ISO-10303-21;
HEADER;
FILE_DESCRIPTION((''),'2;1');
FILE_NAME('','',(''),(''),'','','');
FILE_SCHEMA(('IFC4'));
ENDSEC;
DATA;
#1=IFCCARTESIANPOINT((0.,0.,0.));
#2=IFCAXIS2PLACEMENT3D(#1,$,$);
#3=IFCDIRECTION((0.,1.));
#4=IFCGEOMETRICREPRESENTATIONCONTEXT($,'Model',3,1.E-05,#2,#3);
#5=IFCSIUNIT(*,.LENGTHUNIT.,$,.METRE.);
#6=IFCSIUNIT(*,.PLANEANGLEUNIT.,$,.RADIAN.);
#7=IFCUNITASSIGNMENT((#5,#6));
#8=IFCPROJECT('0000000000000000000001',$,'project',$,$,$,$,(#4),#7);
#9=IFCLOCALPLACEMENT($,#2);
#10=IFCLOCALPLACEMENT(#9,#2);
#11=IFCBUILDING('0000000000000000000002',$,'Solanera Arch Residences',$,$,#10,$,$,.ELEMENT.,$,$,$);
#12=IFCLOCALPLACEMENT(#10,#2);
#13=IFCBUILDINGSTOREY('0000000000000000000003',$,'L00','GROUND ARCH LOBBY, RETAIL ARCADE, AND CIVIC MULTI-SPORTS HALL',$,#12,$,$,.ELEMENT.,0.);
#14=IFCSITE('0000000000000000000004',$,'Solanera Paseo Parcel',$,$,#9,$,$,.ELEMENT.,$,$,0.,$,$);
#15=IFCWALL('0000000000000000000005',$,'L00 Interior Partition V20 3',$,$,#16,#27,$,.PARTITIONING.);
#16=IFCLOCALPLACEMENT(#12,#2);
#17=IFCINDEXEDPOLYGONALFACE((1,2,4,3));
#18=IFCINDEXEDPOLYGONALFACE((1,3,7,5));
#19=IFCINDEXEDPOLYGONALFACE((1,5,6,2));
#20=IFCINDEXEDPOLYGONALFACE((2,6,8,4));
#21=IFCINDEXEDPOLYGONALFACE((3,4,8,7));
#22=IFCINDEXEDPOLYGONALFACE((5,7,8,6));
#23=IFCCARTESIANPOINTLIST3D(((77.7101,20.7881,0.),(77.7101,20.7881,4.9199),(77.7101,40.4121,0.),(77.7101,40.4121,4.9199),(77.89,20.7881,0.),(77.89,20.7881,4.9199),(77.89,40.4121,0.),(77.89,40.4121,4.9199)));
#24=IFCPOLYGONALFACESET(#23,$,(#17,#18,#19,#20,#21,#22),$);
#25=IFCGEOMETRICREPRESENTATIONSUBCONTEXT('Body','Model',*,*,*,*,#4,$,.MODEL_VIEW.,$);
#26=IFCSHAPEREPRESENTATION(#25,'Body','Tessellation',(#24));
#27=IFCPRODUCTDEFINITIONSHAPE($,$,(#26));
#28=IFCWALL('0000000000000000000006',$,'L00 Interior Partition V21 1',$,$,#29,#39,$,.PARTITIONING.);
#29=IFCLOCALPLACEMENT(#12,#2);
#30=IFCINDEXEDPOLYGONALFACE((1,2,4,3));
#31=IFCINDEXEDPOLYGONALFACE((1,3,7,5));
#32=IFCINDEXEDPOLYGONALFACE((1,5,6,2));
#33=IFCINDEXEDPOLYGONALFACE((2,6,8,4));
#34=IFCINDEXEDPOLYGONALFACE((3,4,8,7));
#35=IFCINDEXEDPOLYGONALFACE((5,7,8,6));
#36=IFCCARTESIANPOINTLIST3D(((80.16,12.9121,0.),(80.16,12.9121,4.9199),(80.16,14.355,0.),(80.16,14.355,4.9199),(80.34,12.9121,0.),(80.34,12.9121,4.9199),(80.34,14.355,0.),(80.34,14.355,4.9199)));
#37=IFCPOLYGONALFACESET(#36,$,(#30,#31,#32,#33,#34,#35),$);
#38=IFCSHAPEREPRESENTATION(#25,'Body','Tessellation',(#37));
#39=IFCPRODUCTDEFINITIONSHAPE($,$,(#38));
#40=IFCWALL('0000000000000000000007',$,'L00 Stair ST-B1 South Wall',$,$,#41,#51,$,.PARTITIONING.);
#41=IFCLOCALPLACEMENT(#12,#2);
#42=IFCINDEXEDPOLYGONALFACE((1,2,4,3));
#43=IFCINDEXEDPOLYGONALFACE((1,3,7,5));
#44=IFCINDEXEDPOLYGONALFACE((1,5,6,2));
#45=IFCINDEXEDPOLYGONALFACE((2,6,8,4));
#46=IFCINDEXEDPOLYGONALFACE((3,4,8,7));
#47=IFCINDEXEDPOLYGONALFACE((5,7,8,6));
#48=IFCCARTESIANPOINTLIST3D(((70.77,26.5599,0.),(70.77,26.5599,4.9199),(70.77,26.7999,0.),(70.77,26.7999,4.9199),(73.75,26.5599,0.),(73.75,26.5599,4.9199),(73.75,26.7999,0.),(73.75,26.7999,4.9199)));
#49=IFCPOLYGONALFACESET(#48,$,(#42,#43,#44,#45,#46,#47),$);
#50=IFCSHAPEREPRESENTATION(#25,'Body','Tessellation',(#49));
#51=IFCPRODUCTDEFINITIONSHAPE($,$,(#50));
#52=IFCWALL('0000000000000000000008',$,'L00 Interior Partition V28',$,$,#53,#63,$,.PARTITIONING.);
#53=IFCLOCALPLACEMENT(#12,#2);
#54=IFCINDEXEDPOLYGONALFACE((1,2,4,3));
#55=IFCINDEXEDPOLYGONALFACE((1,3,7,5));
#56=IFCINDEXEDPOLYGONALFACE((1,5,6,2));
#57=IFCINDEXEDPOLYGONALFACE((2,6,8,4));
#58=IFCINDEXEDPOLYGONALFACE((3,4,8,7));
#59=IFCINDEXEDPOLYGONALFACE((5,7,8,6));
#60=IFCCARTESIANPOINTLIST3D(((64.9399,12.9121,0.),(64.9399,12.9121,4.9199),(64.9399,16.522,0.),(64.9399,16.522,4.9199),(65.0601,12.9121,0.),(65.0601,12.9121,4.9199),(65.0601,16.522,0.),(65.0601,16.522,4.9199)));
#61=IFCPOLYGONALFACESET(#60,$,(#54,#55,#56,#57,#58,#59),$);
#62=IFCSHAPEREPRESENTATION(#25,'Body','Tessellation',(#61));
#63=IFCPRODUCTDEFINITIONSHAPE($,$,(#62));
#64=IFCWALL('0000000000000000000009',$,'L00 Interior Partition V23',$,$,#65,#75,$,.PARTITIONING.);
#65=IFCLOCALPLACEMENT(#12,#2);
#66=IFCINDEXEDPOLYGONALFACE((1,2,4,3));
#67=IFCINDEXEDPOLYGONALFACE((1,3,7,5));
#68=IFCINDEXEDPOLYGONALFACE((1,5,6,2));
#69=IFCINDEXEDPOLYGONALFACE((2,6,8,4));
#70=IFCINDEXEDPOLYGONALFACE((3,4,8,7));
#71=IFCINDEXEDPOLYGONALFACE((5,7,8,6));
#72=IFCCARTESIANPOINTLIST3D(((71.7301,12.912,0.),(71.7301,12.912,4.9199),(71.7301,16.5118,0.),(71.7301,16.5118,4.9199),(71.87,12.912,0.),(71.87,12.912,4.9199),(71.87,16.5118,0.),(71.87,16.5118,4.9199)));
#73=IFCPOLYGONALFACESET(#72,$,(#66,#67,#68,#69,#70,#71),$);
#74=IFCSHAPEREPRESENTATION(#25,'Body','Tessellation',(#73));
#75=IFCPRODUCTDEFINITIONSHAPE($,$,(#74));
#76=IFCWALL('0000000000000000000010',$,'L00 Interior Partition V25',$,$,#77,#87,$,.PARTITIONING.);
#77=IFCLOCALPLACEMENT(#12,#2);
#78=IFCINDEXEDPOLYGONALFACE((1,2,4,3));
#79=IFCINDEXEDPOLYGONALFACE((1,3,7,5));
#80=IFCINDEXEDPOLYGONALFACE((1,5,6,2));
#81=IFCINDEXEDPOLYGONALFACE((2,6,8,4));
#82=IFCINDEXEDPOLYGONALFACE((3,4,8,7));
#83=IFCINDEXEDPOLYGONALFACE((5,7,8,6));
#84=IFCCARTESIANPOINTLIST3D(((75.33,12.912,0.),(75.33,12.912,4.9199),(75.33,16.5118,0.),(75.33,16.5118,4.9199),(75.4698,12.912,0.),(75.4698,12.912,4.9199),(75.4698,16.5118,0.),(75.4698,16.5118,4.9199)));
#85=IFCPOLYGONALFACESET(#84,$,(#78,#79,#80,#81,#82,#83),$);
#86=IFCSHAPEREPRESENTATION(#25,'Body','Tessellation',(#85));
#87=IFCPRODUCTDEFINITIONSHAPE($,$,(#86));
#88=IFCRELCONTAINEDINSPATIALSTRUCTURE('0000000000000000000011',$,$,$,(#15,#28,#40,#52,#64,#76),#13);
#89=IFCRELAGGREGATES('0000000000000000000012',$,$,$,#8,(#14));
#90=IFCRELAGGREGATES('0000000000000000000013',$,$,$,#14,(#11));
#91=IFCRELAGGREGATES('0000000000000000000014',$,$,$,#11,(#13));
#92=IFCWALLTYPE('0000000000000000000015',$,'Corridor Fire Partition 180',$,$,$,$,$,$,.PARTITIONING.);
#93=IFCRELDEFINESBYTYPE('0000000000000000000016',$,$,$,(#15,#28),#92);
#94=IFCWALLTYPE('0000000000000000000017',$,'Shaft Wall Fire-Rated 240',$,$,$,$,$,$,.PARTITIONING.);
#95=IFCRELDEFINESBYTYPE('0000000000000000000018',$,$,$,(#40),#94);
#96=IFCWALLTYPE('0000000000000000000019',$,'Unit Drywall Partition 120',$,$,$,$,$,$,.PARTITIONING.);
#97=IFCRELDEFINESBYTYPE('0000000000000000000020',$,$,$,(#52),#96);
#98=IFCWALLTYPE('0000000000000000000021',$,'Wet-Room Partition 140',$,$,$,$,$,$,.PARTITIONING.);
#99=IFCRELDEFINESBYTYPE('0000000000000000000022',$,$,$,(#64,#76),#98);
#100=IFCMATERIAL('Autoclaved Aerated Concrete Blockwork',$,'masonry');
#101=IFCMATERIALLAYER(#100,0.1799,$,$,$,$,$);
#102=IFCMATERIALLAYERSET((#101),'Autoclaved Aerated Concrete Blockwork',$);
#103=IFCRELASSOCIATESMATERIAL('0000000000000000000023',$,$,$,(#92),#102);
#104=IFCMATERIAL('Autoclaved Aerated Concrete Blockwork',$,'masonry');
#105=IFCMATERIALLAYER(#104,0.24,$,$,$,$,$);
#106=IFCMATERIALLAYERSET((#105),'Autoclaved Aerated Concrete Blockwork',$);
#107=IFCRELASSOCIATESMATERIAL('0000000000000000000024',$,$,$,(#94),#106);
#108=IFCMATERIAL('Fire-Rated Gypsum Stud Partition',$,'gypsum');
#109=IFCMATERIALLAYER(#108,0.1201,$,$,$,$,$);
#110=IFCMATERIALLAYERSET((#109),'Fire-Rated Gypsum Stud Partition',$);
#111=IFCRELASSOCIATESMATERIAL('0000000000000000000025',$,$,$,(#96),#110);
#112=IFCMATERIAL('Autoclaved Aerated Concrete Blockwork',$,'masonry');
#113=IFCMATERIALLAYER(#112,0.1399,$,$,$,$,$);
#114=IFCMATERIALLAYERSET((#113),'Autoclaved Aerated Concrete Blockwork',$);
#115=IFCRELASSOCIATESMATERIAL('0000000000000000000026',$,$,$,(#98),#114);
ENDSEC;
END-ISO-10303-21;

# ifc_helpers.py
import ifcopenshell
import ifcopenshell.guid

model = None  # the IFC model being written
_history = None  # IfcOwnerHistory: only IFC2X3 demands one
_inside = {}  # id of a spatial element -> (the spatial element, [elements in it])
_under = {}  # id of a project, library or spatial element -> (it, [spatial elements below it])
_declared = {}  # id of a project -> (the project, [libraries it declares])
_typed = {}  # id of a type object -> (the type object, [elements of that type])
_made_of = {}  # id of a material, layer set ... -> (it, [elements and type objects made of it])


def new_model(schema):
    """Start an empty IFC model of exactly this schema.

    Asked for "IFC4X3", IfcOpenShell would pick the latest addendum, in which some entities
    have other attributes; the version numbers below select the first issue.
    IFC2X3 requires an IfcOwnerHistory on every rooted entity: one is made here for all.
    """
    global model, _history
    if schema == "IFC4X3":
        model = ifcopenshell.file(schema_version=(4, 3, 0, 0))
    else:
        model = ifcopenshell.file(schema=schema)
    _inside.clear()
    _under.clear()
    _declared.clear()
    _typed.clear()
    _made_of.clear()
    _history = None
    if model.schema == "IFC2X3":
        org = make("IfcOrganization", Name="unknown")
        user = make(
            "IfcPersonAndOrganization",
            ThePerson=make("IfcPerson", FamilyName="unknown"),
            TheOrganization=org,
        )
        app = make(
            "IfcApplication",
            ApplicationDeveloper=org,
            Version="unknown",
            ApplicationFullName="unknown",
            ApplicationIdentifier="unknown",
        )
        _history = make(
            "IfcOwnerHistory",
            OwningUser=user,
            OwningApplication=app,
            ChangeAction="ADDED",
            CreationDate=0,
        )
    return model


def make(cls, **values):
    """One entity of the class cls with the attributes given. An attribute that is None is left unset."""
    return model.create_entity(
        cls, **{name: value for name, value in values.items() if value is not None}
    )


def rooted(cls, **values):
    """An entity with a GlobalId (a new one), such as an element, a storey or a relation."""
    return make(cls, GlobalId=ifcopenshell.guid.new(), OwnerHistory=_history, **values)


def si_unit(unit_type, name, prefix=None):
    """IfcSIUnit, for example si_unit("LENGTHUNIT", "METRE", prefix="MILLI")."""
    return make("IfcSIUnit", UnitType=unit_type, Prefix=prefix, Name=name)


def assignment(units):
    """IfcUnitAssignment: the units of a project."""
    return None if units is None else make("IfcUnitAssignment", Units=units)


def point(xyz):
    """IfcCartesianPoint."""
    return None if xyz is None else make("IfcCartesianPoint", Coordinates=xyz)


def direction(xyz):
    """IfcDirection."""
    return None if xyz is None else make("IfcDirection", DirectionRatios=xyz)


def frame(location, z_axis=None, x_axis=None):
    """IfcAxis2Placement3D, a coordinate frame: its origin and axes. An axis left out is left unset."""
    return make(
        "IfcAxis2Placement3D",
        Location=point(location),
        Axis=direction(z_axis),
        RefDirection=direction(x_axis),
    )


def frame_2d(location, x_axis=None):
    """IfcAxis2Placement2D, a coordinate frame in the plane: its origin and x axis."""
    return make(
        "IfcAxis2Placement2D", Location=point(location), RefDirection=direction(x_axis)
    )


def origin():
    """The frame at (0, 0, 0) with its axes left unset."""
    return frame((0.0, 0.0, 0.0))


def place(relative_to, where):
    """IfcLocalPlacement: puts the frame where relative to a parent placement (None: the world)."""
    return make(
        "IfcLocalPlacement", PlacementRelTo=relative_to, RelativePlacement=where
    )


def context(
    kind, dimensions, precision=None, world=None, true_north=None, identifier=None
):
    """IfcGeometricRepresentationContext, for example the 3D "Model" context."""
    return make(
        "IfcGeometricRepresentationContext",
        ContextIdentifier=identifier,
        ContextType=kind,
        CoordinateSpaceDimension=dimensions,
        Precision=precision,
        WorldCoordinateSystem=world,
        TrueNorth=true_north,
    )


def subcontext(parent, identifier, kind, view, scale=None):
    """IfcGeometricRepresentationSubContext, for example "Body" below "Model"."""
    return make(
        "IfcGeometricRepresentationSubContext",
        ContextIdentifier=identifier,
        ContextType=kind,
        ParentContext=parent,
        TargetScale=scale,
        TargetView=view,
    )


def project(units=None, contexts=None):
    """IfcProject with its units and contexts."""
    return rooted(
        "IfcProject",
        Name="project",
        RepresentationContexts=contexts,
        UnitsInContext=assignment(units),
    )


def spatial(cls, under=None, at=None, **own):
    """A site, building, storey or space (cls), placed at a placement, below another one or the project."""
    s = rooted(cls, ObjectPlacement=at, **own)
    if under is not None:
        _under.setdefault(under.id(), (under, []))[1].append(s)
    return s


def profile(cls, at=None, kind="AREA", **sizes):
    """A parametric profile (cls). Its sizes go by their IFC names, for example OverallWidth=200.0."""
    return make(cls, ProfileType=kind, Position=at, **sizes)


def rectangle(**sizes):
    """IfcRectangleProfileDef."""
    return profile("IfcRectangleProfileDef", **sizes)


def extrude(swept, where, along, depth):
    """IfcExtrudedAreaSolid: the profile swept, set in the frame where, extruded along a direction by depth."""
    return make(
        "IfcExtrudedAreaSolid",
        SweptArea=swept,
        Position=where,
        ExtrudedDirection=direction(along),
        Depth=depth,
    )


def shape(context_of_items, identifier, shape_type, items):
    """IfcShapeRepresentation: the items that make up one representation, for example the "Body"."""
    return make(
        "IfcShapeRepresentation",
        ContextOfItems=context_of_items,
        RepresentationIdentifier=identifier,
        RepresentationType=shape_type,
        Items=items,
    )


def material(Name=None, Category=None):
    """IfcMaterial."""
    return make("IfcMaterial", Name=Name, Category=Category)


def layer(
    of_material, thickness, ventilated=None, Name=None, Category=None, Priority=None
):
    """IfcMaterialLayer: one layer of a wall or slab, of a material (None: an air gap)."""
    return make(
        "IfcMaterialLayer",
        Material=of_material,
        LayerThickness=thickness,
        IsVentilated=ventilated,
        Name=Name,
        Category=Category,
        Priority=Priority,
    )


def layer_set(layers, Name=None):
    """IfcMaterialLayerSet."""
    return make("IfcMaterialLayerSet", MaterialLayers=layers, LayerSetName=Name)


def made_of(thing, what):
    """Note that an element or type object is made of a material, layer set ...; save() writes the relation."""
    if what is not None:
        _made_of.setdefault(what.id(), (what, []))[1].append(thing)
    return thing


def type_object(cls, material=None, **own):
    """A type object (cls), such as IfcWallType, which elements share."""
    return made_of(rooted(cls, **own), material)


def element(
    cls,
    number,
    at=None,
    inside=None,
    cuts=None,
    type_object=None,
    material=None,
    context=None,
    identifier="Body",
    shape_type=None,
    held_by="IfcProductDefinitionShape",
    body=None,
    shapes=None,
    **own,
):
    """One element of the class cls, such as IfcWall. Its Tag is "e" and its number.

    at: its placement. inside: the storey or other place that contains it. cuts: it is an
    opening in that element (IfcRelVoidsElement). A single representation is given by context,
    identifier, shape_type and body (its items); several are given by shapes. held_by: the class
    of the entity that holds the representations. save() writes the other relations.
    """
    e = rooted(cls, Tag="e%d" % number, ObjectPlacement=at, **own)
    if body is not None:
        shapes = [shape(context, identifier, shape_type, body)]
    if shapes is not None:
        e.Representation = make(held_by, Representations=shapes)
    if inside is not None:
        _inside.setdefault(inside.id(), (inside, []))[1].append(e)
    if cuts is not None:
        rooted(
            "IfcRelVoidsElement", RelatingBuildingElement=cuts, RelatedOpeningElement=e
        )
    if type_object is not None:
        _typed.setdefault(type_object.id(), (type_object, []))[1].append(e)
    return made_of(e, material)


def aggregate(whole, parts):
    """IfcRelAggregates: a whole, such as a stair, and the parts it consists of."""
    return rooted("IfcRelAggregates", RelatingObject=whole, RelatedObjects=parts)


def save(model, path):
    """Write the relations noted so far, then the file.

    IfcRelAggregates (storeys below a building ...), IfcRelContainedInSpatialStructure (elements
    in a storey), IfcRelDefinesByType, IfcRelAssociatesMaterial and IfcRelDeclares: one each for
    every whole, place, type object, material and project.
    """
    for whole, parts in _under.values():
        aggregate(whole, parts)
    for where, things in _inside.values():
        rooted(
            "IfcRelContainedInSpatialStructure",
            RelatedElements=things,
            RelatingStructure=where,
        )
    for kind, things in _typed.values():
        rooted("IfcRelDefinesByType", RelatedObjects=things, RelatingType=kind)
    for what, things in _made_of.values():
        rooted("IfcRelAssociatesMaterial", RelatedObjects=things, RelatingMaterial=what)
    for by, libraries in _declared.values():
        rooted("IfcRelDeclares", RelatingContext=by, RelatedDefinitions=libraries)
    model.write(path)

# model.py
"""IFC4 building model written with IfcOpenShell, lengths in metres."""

from ifc_helpers import new_model, si_unit, direction, frame, frame_2d, origin, place, context, subcontext, project, spatial, rectangle, extrude, material, layer, layer_set, type_object, element, save


model = new_model("IFC4")

# Units and contexts
model_context = context("Model", 3, precision=1e-05, world=origin(), true_north=direction((0.0, 1.0)))
body_context = subcontext(model_context, "Body", "Model", "MODEL_VIEW")
ifc_project = project(units=[si_unit("LENGTHUNIT", "METRE"), si_unit("PLANEANGLEUNIT", "RADIAN")], contexts=[model_context])

# Site, building, storey
site_placement = place(None, origin())
site = spatial("IfcSite", under=ifc_project, at=site_placement, Name="Solanera Paseo Parcel", CompositionType="ELEMENT", RefElevation=0.0)
building_placement = place(site_placement, origin())
building = spatial("IfcBuilding", under=site, at=building_placement, Name="Solanera Arch Residences", CompositionType="ELEMENT")
storey_placement = place(building_placement, origin())
storey = spatial("IfcBuildingStorey", under=building, at=storey_placement, Name="L00", Description="GROUND ARCH LOBBY, RETAIL ARCADE, AND CIVIC MULTI-SPORTS HALL", CompositionType="ELEMENT", Elevation=0.0)

# Shared definitions
ifc_material_1 = material(Name="Autoclaved Aerated Concrete Blockwork", Category="masonry")
ifc_layer_1 = layer(ifc_material_1, 0.1799)
ifc_layer_set_1 = layer_set([ifc_layer_1], Name="Autoclaved Aerated Concrete Blockwork")
wall_type_1 = type_object("IfcWallType", Name="Corridor Fire Partition 180", PredefinedType="PARTITIONING", material=ifc_layer_set_1)

# Walls
wall_1_placement = place(storey_placement, frame((77.8, 20.7881, 0.0), z_axis=(0.0, 0.0, 1.0), x_axis=(0.0, 1.0, 0.0)))
element("IfcWall", 1, at=wall_1_placement, inside=storey, type_object=wall_type_1, Name="L00 Interior Partition V20 3", PredefinedType="PARTITIONING", context=body_context, shape_type="SweptSolid", body=[
    extrude(rectangle(XDim=19.624, YDim=0.1799, at=frame_2d((9.812, 0.0))), origin(), (0.0, 0.0, 1.0), 4.9199),
])
wall_2_placement = place(storey_placement, frame((80.25, 12.9121, 0.0), z_axis=(0.0, 0.0, 1.0), x_axis=(0.0, 1.0, 0.0)))
element("IfcWall", 2, at=wall_2_placement, inside=storey, type_object=wall_type_1, Name="L00 Interior Partition V21 1", PredefinedType="PARTITIONING", context=body_context, shape_type="SweptSolid", body=[
    extrude(rectangle(XDim=1.4429, YDim=0.1799, at=frame_2d((0.7214, 0.0))), origin(), (0.0, 0.0, 1.0), 4.9199),
])
ifc_material_2 = material(Name="Autoclaved Aerated Concrete Blockwork", Category="masonry")
ifc_layer_2 = layer(ifc_material_2, 0.24)
ifc_layer_set_2 = layer_set([ifc_layer_2], Name="Autoclaved Aerated Concrete Blockwork")
wall_type_2 = type_object("IfcWallType", Name="Shaft Wall Fire-Rated 240", PredefinedType="PARTITIONING", material=ifc_layer_set_2)
wall_3_placement = place(storey_placement, frame((70.77, 26.6799, 0.0), z_axis=(0.0, 0.0, 1.0), x_axis=(1.0, 0.0, 0.0)))
element("IfcWall", 3, at=wall_3_placement, inside=storey, type_object=wall_type_2, Name="L00 Stair ST-B1 South Wall", PredefinedType="PARTITIONING", context=body_context, shape_type="SweptSolid", body=[
    extrude(rectangle(XDim=2.98, YDim=0.24, at=frame_2d((1.49, 0.0))), origin(), (0.0, 0.0, 1.0), 4.9199),
])
ifc_material_3 = material(Name="Fire-Rated Gypsum Stud Partition", Category="gypsum")
ifc_layer_3 = layer(ifc_material_3, 0.1201)
ifc_layer_set_3 = layer_set([ifc_layer_3], Name="Fire-Rated Gypsum Stud Partition")
wall_type_3 = type_object("IfcWallType", Name="Unit Drywall Partition 120", PredefinedType="PARTITIONING", material=ifc_layer_set_3)
wall_4_placement = place(storey_placement, frame((65.0, 12.9121, 0.0), z_axis=(0.0, 0.0, 1.0), x_axis=(0.0, 1.0, 0.0)))
element("IfcWall", 4, at=wall_4_placement, inside=storey, type_object=wall_type_3, Name="L00 Interior Partition V28", PredefinedType="PARTITIONING", context=body_context, shape_type="SweptSolid", body=[
    extrude(rectangle(XDim=3.6099, YDim=0.1201, at=frame_2d((1.8049, 0.0))), origin(), (0.0, 0.0, 1.0), 4.9199),
])
ifc_material_4 = material(Name="Autoclaved Aerated Concrete Blockwork", Category="masonry")
ifc_layer_4 = layer(ifc_material_4, 0.1399)
ifc_layer_set_4 = layer_set([ifc_layer_4], Name="Autoclaved Aerated Concrete Blockwork")
wall_type_4 = type_object("IfcWallType", Name="Wet-Room Partition 140", PredefinedType="PARTITIONING", material=ifc_layer_set_4)
for number, where, z_axis, x_axis, name in (
    (5, (71.8, 12.9121, 0.0), (0.0, 0.0, 1.0), (0.0, 1.0, 0.0), "L00 Interior Partition V23"),
    (6, (75.3999, 12.9121, 0.0), (0.0, 0.0, 1.0), (0.0, 1.0, 0.0), "L00 Interior Partition V25"),
):
    element("IfcWall", number, at=place(storey_placement, frame(where, z_axis=z_axis, x_axis=x_axis)), inside=storey, type_object=wall_type_4, Name=name, PredefinedType="PARTITIONING", context=body_context, shape_type="SweptSolid", body=[
        extrude(rectangle(XDim=3.5999, YDim=0.1399, at=frame_2d((1.7998, 0.0))), origin(), (0.0, 0.0, 1.0), 4.9199),
    ])

save(model, "model.ifc")
